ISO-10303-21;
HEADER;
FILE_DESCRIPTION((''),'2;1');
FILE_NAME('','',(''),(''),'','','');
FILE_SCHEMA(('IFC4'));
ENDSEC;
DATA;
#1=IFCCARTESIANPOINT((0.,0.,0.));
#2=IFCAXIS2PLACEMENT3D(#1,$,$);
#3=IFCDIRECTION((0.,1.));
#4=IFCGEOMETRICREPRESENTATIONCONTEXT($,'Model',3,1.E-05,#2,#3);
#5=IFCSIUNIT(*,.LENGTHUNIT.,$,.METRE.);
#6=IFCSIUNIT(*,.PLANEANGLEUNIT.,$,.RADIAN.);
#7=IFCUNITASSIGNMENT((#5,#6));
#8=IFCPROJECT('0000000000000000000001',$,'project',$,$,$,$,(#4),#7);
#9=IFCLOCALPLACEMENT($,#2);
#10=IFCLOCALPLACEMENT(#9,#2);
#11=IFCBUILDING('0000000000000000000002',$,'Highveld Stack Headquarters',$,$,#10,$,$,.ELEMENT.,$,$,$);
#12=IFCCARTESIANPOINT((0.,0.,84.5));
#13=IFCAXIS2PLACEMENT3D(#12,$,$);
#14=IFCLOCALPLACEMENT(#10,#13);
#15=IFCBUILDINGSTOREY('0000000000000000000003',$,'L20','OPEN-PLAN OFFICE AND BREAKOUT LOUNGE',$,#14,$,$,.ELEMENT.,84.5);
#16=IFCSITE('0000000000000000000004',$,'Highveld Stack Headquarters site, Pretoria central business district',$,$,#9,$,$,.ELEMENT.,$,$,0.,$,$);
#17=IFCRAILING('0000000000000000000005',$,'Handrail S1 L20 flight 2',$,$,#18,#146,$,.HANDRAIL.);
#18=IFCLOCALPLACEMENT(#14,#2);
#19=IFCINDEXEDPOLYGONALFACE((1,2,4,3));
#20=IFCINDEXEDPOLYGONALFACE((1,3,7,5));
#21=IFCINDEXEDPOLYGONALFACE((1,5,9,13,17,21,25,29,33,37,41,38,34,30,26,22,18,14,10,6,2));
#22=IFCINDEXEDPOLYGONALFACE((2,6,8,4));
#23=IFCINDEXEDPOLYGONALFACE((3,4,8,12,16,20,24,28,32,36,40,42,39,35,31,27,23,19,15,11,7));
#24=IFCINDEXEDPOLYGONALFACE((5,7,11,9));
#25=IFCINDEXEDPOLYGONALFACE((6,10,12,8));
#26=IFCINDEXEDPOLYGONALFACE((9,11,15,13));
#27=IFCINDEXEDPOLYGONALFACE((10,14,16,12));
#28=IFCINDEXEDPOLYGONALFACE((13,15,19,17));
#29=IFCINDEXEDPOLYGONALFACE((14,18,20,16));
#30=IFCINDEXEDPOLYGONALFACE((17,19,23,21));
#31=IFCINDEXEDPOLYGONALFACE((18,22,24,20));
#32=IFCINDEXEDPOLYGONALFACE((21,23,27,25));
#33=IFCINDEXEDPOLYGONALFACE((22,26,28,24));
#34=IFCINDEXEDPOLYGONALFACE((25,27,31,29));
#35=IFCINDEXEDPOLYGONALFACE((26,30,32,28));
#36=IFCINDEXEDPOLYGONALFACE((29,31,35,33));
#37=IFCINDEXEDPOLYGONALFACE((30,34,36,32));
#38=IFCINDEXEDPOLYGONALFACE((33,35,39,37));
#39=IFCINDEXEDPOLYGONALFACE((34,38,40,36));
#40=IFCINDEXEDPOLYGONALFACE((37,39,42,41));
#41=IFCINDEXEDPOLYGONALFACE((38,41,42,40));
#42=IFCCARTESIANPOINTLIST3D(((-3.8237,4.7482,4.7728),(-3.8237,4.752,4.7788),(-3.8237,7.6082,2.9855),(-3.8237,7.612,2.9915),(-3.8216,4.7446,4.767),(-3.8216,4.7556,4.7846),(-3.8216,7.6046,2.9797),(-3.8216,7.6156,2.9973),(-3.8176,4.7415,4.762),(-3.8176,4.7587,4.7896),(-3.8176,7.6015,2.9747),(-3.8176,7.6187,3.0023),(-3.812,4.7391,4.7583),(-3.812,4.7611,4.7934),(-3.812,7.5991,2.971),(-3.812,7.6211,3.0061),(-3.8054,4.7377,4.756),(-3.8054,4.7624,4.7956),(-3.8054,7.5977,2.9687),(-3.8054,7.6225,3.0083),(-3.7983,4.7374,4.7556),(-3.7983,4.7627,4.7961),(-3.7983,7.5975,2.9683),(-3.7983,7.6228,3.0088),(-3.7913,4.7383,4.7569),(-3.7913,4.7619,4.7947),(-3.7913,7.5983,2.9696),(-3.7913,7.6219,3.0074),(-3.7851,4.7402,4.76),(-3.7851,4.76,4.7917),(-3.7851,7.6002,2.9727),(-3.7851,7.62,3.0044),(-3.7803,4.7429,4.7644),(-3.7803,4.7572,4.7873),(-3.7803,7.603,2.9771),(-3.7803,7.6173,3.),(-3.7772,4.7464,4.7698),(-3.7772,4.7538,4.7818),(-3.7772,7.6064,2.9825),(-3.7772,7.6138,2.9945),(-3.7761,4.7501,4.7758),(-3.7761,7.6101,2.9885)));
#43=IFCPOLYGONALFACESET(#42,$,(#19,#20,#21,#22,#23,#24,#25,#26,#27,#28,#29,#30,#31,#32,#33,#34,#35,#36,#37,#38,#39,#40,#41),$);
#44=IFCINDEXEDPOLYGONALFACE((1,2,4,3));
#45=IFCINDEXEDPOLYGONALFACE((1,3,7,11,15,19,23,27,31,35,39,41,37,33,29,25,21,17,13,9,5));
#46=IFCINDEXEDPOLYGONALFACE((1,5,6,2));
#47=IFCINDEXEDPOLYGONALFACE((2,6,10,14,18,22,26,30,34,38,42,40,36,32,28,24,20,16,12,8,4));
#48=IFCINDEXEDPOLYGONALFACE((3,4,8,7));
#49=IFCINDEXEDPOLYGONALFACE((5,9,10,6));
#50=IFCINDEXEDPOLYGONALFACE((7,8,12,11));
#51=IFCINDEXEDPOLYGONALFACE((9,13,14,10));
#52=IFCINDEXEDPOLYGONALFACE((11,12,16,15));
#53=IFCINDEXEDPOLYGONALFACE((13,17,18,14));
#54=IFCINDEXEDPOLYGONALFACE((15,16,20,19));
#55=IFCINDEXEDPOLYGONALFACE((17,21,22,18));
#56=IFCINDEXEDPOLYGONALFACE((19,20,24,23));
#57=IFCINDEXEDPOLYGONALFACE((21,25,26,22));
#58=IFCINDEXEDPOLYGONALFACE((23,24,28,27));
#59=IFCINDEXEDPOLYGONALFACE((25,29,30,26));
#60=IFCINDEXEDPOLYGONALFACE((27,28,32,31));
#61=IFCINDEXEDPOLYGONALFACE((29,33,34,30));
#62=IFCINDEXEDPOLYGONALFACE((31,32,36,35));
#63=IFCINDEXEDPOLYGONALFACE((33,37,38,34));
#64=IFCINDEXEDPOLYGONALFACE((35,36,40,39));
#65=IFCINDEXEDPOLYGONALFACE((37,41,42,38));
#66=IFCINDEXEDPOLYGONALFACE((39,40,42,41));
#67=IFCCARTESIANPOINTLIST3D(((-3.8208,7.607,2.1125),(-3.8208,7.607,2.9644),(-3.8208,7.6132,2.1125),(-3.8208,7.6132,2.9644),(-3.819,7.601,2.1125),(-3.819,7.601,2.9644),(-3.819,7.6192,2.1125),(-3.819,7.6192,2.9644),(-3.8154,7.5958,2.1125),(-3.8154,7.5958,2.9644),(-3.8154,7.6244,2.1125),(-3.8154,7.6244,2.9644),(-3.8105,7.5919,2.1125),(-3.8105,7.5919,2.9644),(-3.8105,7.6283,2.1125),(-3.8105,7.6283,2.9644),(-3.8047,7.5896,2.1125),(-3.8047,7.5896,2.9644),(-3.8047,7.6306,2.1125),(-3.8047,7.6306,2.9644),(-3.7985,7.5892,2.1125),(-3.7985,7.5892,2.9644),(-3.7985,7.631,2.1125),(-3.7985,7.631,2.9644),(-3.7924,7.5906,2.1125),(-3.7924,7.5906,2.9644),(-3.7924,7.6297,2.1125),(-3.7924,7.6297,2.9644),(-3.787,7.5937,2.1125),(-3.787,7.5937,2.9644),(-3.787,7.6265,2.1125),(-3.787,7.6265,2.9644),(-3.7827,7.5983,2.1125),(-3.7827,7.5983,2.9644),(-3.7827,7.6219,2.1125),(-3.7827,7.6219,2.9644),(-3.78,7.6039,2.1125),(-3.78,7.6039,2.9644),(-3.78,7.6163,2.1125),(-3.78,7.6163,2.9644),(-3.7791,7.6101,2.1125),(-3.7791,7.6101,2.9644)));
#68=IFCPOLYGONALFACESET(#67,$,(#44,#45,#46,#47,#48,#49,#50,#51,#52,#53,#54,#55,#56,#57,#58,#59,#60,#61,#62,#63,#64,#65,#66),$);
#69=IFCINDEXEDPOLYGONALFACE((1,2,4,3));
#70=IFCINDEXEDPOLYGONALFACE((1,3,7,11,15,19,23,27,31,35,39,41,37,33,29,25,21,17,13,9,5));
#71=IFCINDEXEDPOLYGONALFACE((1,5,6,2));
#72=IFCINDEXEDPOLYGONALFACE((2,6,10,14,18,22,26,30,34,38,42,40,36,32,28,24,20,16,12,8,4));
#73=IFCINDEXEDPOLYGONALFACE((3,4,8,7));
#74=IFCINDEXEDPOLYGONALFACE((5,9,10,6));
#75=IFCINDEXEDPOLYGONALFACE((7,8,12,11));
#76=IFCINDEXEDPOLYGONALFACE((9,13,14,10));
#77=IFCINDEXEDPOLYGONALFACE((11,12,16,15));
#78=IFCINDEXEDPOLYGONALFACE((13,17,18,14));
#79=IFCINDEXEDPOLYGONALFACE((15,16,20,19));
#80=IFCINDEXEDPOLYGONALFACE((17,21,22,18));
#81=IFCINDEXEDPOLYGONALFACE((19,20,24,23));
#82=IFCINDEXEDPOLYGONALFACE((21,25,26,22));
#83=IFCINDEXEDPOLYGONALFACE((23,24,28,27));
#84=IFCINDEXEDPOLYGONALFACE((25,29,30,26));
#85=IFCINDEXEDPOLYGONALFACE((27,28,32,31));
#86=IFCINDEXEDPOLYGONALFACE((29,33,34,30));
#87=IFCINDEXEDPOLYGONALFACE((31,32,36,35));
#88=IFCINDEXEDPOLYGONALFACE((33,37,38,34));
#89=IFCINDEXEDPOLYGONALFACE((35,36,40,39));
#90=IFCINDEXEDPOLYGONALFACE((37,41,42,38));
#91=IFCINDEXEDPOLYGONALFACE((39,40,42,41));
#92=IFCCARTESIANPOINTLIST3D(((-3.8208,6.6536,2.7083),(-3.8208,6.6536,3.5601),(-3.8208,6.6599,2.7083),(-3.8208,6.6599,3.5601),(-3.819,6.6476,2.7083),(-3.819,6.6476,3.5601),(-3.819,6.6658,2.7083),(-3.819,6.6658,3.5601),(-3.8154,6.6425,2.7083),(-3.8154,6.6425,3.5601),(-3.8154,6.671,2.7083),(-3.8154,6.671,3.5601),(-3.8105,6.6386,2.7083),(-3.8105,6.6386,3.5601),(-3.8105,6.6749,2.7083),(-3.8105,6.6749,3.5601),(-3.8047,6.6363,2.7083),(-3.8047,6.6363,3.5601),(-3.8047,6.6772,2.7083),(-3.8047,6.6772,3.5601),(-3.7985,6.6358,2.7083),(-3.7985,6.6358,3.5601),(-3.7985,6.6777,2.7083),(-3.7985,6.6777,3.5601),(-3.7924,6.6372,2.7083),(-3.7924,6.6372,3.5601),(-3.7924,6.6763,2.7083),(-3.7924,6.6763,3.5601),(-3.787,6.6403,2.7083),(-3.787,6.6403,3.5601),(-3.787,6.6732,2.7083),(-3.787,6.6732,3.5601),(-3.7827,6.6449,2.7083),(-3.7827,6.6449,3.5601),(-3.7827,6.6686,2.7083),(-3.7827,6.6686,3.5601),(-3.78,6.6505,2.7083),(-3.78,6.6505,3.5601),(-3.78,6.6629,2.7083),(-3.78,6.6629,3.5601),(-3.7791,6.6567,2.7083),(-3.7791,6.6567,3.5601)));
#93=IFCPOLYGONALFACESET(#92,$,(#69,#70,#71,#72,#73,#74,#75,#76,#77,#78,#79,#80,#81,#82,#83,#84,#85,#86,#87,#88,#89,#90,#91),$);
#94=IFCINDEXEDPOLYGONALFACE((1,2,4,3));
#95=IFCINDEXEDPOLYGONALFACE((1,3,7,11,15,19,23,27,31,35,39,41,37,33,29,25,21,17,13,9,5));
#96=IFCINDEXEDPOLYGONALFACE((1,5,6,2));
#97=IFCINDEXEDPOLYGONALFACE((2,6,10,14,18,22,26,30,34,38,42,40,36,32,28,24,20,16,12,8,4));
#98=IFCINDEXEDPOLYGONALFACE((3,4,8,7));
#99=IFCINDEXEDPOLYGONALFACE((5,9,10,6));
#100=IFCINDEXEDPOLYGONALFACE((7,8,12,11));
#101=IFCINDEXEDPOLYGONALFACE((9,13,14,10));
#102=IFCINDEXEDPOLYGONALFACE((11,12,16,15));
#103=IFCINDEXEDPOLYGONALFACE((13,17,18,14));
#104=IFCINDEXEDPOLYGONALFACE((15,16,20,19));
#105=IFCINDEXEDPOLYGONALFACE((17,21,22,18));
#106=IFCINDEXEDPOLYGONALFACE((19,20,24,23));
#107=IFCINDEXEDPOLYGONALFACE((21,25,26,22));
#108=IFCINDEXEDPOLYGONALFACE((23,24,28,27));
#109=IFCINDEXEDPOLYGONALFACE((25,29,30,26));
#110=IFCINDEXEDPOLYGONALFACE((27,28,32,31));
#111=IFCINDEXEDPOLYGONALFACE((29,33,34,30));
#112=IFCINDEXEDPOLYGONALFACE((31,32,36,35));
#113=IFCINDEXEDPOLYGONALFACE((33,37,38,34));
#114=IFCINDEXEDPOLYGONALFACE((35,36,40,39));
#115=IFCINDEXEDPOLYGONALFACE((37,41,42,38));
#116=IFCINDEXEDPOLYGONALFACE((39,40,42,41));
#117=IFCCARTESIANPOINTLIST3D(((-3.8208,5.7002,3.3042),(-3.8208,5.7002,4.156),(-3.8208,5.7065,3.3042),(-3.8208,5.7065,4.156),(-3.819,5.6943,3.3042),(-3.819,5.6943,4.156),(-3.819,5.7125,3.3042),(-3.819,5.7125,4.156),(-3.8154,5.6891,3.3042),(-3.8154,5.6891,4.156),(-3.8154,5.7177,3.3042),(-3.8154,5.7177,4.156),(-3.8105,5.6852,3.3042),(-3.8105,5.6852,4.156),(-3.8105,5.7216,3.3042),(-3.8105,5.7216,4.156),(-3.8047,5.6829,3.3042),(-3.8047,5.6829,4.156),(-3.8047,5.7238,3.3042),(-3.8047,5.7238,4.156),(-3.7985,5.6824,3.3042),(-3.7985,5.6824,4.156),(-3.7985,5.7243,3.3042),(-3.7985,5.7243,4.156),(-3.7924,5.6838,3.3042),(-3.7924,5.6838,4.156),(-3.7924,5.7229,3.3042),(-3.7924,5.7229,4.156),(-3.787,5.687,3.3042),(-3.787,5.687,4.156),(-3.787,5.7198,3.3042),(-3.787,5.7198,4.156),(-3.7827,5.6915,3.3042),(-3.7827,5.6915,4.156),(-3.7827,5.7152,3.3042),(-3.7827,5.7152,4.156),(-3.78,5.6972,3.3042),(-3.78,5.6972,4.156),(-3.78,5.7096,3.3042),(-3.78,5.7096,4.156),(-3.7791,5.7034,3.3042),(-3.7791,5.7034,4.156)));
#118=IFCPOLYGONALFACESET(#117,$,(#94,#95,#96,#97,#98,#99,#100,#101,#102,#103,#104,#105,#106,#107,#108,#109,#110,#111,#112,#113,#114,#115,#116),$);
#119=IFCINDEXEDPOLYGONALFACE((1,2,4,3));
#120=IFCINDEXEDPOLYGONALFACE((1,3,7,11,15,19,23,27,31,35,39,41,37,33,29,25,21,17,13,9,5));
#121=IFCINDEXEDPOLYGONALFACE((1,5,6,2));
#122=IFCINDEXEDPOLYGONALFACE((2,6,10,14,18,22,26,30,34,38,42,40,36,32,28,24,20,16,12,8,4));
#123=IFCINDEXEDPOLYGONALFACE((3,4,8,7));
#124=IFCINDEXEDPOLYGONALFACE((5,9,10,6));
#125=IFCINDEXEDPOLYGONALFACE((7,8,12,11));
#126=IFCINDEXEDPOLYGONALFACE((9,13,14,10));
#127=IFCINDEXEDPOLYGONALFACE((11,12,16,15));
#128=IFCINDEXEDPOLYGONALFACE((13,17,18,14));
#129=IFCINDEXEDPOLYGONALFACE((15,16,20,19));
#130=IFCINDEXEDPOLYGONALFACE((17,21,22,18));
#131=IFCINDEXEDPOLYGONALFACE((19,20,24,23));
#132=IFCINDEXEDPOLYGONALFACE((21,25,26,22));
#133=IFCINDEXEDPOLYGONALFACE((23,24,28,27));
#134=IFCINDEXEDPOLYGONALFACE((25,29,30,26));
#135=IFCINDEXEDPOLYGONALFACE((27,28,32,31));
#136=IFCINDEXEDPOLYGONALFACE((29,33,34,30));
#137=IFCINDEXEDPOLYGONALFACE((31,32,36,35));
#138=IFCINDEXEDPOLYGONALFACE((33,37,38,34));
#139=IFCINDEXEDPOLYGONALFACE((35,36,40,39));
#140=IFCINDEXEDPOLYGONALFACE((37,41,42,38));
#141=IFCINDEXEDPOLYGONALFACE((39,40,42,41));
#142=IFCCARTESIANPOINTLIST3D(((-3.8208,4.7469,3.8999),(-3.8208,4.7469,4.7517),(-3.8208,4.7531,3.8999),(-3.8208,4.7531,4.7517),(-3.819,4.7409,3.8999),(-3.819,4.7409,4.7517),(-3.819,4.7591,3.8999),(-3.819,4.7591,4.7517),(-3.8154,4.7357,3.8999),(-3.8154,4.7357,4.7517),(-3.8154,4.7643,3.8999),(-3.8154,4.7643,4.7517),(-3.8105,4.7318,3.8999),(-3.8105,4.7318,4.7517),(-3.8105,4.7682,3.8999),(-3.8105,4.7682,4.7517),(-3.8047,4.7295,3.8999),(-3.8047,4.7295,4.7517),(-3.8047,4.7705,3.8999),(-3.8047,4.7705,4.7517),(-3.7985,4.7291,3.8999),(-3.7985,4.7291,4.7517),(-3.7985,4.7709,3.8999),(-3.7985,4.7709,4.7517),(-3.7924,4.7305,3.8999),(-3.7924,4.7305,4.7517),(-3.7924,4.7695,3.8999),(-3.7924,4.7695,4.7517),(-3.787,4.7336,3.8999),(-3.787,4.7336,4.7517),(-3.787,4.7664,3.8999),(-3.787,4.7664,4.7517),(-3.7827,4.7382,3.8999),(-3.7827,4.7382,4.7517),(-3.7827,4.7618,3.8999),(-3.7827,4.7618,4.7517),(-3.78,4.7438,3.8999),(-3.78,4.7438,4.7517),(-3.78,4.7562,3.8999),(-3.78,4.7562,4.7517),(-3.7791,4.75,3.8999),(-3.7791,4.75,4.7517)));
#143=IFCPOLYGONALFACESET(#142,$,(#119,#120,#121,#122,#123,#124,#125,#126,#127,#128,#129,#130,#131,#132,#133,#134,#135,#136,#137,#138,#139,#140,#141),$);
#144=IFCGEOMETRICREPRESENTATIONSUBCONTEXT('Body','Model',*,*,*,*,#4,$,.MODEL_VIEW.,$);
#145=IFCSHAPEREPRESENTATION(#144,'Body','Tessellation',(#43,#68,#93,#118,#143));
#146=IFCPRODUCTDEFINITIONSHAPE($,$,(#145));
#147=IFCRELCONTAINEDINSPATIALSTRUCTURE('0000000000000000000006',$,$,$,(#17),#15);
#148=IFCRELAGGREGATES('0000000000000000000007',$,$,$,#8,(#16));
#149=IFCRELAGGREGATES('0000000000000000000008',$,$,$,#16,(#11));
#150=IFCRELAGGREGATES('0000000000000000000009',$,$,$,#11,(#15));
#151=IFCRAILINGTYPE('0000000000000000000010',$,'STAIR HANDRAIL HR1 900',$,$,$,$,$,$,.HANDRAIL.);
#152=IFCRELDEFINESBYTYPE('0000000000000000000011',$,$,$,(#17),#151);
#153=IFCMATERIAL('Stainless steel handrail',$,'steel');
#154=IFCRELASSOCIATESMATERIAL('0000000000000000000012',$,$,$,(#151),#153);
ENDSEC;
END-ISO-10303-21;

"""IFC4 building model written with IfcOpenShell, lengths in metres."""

from ifc_helpers import new_model, si_unit, direction, frame, origin, origin_2d, place, context, subcontext, project, spatial, circle, extrude, material, type_object, element, save


model = new_model("IFC4")

# Units and contexts
model_context = context("Model", 3, precision=1e-05, world=origin(), true_north=direction((0.0, 1.0)))
body_context = subcontext(model_context, "Body", "Model", "MODEL_VIEW")
ifc_project = project(units=[si_unit("LENGTHUNIT", "METRE"), si_unit("PLANEANGLEUNIT", "RADIAN")], contexts=[model_context])

# Site, building, storey
site_placement = place(None, origin())
site = spatial("IfcSite", under=ifc_project, at=site_placement, Name="Highveld Stack Headquarters site, Pretoria central business district", CompositionType="ELEMENT", RefElevation=0.0)
building_placement = place(site_placement, origin())
building = spatial("IfcBuilding", under=site, at=building_placement, Name="Highveld Stack Headquarters", CompositionType="ELEMENT")
storey_placement = place(building_placement, frame((0.0, 0.0, 84.5)))
storey = spatial("IfcBuildingStorey", under=building, at=storey_placement, Name="L20", Description="OPEN-PLAN OFFICE AND BREAKOUT LOUNGE", CompositionType="ELEMENT", Elevation=84.5)

# Railing
ifc_material_1 = material(Name="Stainless steel handrail", Category="steel")
railing_type = type_object("IfcRailingType", Name="STAIR HANDRAIL HR1 900", PredefinedType="HANDRAIL", material=ifc_material_1)
for number, where, name in (
    (1, (-3.8, 7.6101, 2.1125), "Handrail S1 L20 flight 2"),
):
    element("IfcRailing", number, at=place(storey_placement, frame(where)), inside=storey, type_object=railing_type, Name=name, PredefinedType="HANDRAIL", context=body_context, shape_type="SweptSolid", body=[
        extrude(circle(Radius=0.0239, at=origin_2d()), frame((0.0, 0.0, 0.876), z_axis=(0.0, -0.848027, 0.529953), x_axis=(1.0, 0.0, 0.0)), (0.0, 0.0, 1.0), 3.3726),
        extrude(circle(Radius=0.021, at=origin_2d()), origin(), (0.0, 0.0, 1.0), 0.8518),
        extrude(circle(Radius=0.021, at=origin_2d()), frame((0.0, -0.9534, 0.5957)), (0.0, 0.0, 1.0), 0.8518),
        extrude(circle(Radius=0.021, at=origin_2d()), frame((0.0, -1.9067, 1.1917)), (0.0, 0.0, 1.0), 0.8518),
        extrude(circle(Radius=0.021, at=origin_2d()), frame((0.0, -2.8601, 1.7874)), (0.0, 0.0, 1.0), 0.8518),
    ])

save(model, "model.ifc")
